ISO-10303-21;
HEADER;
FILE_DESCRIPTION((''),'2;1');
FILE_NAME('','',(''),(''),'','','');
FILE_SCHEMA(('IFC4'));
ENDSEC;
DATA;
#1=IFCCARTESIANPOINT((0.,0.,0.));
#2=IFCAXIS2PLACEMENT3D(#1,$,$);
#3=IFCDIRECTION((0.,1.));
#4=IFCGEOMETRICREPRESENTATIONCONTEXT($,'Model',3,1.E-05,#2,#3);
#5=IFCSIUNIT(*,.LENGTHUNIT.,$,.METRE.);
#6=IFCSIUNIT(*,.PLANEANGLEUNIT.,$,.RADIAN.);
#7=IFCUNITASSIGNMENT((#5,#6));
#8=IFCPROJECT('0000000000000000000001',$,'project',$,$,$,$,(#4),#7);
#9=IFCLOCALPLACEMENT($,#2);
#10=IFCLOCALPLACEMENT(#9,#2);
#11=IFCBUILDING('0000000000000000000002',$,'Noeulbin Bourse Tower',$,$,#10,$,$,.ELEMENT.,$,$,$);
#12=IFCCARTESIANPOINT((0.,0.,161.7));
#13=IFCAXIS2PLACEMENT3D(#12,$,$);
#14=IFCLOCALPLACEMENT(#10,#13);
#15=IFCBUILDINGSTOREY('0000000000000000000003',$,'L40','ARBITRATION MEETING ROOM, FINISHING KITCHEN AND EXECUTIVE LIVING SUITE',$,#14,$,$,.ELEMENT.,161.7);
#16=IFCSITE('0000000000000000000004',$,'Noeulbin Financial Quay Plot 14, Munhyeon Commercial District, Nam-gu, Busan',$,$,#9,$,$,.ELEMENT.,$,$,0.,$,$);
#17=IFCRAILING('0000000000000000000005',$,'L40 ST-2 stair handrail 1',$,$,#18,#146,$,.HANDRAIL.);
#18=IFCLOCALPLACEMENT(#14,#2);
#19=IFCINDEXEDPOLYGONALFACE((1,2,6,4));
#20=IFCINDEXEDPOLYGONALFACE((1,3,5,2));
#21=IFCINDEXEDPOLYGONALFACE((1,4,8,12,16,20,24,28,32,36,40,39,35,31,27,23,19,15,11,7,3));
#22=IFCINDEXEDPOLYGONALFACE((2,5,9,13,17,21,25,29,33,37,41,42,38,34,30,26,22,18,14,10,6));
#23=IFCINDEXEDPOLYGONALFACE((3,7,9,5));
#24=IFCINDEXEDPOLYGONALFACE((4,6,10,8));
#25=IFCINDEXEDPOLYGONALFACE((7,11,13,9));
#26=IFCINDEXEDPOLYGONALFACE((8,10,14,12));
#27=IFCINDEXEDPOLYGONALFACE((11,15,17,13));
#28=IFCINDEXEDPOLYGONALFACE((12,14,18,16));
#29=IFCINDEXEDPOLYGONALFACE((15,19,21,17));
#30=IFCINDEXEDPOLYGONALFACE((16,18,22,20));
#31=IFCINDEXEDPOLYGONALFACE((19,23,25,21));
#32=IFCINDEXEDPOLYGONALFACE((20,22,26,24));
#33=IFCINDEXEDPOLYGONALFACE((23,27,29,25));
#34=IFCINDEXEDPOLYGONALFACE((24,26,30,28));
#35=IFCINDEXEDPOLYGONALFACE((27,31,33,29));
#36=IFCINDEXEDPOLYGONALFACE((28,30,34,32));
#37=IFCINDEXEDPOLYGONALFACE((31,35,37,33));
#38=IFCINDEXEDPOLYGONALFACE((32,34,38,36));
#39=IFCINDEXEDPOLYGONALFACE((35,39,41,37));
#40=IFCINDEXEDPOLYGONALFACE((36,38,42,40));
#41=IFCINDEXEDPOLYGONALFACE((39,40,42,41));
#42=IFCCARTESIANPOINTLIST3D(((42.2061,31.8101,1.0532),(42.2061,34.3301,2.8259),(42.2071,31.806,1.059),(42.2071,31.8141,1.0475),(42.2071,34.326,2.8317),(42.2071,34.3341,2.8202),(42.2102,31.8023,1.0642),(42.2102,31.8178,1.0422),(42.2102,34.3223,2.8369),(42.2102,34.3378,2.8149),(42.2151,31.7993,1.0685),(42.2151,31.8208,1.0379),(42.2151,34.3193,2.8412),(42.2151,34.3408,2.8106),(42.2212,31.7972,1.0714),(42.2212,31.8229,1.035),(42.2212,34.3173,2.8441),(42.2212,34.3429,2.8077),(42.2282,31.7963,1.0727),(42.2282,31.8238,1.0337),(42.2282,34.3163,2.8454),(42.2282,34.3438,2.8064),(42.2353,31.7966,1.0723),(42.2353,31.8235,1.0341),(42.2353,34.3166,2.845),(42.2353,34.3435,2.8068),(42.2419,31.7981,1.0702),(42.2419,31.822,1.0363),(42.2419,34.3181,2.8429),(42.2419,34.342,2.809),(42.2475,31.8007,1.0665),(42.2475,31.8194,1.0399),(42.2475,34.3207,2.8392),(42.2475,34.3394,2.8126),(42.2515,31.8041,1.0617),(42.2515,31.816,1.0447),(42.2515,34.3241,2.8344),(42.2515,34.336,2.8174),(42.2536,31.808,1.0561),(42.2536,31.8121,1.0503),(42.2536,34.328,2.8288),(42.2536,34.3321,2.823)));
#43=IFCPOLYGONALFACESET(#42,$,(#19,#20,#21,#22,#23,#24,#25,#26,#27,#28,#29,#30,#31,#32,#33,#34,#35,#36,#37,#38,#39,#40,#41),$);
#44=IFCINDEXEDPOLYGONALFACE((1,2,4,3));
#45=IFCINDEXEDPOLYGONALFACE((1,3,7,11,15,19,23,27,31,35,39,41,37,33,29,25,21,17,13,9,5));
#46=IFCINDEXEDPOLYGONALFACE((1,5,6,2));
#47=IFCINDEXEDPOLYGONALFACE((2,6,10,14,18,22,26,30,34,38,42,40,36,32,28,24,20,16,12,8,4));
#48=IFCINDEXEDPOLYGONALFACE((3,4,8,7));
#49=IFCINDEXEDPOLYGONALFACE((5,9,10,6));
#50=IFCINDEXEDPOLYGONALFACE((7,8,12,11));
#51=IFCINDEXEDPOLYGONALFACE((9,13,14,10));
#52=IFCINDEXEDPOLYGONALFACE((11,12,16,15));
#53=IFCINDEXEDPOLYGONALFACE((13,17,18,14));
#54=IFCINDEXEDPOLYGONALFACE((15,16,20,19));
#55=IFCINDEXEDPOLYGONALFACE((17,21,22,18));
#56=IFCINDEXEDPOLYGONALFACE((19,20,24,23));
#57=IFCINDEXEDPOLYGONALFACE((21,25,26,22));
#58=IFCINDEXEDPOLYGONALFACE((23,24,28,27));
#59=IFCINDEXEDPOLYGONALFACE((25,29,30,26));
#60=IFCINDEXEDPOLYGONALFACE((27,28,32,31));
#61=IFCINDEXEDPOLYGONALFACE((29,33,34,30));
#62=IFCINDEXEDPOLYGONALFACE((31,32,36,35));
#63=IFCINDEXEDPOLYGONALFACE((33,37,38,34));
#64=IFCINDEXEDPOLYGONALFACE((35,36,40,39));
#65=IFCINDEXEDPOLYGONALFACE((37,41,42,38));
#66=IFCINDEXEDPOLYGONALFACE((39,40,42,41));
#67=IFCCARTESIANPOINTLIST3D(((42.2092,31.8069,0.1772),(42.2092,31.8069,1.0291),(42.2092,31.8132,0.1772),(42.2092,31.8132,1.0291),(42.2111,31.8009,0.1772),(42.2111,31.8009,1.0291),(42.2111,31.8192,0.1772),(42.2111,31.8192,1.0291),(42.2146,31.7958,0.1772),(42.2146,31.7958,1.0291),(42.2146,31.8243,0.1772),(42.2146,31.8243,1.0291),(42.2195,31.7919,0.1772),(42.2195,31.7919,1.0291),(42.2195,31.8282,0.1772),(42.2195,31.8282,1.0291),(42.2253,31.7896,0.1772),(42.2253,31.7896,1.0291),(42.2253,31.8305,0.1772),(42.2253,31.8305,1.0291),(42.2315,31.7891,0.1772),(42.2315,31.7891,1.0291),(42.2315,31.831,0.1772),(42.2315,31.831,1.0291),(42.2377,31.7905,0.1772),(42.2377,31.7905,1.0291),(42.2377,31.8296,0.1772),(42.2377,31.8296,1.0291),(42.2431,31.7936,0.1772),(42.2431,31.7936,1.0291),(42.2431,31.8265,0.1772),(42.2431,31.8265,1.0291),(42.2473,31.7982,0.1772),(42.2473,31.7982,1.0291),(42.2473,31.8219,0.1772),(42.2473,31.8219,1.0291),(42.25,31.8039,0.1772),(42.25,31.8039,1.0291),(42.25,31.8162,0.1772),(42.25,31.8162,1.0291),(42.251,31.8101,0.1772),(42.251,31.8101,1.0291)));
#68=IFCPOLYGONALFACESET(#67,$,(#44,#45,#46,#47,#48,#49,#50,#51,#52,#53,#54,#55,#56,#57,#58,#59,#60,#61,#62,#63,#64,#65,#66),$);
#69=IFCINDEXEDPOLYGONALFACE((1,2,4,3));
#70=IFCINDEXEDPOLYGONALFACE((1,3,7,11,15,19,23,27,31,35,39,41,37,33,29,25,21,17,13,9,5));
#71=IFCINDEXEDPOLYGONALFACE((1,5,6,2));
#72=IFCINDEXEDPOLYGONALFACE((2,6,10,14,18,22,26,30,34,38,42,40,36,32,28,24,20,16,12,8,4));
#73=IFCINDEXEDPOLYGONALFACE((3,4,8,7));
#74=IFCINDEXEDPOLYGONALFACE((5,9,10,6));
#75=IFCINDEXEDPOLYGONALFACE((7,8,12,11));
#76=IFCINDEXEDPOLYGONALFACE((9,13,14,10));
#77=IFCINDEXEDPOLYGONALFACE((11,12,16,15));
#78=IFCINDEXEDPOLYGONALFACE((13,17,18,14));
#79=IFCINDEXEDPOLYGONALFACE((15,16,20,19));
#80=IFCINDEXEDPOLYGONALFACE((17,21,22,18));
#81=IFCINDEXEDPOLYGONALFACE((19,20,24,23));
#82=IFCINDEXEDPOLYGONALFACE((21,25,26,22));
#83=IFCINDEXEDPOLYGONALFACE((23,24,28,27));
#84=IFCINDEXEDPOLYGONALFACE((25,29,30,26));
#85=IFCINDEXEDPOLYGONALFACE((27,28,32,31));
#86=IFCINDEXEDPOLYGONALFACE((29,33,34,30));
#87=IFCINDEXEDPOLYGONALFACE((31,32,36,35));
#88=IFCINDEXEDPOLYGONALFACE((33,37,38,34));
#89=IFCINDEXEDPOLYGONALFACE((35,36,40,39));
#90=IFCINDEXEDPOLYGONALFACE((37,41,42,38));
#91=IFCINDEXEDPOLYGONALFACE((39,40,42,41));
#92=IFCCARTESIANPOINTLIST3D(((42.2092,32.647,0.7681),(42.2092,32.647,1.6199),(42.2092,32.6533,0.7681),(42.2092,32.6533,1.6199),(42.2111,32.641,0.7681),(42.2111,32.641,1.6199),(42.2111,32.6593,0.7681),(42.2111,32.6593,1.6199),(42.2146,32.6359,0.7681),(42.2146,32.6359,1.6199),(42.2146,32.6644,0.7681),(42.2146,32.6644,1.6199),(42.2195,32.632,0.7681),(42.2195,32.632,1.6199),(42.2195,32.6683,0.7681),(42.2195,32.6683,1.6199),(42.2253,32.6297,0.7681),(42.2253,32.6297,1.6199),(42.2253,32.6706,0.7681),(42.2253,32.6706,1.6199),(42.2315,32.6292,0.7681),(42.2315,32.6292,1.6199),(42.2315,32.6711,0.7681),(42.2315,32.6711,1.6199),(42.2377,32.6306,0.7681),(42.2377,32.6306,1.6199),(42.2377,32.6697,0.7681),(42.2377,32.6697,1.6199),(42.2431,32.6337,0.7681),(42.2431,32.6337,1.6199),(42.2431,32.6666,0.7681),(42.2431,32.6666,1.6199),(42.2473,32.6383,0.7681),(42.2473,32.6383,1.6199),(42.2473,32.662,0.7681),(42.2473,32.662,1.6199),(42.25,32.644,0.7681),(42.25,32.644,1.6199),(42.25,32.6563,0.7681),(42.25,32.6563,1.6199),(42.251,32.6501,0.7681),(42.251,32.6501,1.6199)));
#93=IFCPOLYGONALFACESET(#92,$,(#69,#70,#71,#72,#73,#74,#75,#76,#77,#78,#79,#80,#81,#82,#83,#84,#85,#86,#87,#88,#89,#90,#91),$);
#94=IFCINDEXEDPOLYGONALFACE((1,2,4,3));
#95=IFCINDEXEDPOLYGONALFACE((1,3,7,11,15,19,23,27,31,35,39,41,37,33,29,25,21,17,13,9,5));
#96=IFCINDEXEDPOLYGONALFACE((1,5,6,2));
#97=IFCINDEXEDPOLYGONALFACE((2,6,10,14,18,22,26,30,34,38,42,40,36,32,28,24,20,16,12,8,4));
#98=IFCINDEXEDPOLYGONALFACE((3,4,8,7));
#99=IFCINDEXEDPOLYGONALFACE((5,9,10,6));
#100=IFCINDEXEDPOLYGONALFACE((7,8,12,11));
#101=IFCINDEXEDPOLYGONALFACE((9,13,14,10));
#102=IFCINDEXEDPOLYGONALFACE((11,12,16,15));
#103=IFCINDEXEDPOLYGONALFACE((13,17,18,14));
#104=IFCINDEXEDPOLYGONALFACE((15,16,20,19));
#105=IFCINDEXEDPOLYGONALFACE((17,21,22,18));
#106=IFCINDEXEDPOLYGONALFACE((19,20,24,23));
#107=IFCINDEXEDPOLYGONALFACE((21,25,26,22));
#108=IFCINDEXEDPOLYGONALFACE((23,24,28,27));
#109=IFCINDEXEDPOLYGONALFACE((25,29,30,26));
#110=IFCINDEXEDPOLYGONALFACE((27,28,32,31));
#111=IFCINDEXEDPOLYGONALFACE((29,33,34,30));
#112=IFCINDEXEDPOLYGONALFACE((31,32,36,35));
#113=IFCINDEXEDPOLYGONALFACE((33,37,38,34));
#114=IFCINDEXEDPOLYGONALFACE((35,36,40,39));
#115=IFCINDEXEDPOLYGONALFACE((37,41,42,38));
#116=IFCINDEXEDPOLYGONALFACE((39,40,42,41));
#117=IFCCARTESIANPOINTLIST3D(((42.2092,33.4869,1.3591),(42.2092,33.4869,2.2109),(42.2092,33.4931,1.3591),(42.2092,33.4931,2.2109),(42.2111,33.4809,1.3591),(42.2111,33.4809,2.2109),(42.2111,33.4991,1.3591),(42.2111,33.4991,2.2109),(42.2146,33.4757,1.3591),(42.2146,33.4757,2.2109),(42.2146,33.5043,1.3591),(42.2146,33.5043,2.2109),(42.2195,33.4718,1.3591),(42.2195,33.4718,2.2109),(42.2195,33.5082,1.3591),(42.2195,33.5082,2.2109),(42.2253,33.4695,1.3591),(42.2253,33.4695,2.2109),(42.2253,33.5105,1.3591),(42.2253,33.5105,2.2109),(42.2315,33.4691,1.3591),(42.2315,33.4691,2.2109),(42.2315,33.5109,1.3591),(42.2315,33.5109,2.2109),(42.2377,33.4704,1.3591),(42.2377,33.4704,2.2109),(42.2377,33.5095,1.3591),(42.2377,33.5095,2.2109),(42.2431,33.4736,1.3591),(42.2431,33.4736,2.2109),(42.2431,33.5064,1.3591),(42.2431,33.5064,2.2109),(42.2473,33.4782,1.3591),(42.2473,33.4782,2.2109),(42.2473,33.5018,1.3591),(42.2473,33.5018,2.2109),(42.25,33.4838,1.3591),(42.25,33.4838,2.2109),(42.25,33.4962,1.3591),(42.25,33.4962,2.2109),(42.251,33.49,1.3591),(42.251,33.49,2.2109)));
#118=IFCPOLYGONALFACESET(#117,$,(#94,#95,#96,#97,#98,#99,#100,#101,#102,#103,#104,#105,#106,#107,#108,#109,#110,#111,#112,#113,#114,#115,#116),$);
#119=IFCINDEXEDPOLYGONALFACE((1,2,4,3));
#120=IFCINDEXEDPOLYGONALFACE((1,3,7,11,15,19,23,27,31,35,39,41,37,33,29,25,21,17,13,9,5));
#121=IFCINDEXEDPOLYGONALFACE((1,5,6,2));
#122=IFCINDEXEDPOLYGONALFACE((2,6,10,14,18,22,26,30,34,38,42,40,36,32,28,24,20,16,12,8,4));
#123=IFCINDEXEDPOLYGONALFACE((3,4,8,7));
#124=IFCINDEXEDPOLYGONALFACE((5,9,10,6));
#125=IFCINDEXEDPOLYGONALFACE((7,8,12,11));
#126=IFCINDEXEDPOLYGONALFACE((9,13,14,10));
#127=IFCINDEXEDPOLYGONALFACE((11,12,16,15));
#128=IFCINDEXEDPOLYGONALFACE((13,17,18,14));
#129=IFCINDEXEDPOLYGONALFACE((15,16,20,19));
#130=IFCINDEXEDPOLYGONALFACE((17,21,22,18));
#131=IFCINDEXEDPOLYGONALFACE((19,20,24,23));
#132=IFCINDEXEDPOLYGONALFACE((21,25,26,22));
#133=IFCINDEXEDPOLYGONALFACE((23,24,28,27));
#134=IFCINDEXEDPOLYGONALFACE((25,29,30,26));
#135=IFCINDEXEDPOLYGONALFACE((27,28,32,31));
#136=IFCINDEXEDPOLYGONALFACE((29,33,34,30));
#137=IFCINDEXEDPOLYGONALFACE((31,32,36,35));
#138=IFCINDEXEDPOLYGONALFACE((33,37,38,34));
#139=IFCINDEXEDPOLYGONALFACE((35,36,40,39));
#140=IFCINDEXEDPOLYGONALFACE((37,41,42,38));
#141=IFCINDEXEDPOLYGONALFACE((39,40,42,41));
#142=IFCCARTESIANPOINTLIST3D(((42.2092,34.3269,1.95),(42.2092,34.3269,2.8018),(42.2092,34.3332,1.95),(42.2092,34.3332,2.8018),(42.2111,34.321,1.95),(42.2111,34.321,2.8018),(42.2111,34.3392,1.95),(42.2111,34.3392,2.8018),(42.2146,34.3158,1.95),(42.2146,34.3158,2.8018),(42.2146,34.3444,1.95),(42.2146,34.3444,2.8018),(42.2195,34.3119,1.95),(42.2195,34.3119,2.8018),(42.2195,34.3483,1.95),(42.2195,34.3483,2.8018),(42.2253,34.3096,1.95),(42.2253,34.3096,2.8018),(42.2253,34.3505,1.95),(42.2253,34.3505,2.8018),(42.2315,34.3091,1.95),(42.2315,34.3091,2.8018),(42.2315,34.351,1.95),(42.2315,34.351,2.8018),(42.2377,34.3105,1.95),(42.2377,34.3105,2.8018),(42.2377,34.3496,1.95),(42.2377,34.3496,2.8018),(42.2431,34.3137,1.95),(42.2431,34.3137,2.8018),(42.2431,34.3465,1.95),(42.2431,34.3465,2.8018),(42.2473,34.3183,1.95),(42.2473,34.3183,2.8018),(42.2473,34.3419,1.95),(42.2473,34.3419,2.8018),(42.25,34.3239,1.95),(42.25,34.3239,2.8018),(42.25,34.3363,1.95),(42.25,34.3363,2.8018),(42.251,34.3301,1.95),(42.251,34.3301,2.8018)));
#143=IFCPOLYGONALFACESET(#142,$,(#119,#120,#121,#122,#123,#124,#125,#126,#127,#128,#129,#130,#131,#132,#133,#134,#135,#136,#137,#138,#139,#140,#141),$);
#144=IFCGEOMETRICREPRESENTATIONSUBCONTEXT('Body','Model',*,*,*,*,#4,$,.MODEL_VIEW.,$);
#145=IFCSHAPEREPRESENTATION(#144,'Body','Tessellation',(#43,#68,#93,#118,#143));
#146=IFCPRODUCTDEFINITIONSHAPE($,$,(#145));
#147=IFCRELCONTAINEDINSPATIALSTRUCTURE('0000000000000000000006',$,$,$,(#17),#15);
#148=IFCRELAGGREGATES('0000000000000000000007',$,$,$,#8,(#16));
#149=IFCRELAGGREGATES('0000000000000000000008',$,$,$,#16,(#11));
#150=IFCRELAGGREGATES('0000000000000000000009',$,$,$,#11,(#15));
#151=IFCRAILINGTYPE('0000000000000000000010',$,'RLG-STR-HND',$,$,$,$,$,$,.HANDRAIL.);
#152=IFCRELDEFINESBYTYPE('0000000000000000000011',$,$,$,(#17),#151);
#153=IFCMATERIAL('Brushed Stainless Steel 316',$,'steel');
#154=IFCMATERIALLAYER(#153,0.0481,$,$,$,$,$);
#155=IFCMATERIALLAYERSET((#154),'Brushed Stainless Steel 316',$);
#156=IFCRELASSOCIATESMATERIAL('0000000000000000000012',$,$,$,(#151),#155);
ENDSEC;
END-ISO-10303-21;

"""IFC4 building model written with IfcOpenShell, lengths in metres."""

from ifc_helpers import new_model, si_unit, direction, frame, origin, origin_2d, place, context, subcontext, project, spatial, circle, extrude, material, layer, layer_set, type_object, element, save


model = new_model("IFC4")

# Units and contexts
model_context = context("Model", 3, precision=1e-05, world=origin(), true_north=direction((0.0, 1.0)))
body_context = subcontext(model_context, "Body", "Model", "MODEL_VIEW")
ifc_project = project(units=[si_unit("LENGTHUNIT", "METRE"), si_unit("PLANEANGLEUNIT", "RADIAN")], contexts=[model_context])

# Site, building, storey
site_placement = place(None, origin())
site = spatial("IfcSite", under=ifc_project, at=site_placement, Name="Noeulbin Financial Quay Plot 14, Munhyeon Commercial District, Nam-gu, Busan", CompositionType="ELEMENT", RefElevation=0.0)
building_placement = place(site_placement, origin())
building = spatial("IfcBuilding", under=site, at=building_placement, Name="Noeulbin Bourse Tower", CompositionType="ELEMENT")
storey_placement = place(building_placement, frame((0.0, 0.0, 161.7)))
storey = spatial("IfcBuildingStorey", under=building, at=storey_placement, Name="L40", Description="ARBITRATION MEETING ROOM, FINISHING KITCHEN AND EXECUTIVE LIVING SUITE", CompositionType="ELEMENT", Elevation=161.7)

# Railing
ifc_material_1 = material(Name="Brushed Stainless Steel 316", Category="steel")
ifc_layer_1 = layer(ifc_material_1, 0.0481)
ifc_layer_set_1 = layer_set([ifc_layer_1], Name="Brushed Stainless Steel 316")
railing_type_1 = type_object("IfcRailingType", Name="RLG-STR-HND", PredefinedType="HANDRAIL", material=ifc_layer_set_1)
railing_1_placement = place(storey_placement, frame((42.23, 31.8101, 0.1772)))
element("IfcRailing", 1, at=railing_1_placement, inside=storey, type_object=railing_type_1, Name="L40 ST-2 stair handrail 1", PredefinedType="HANDRAIL", context=body_context, shape_type="SweptSolid", body=[
    extrude(circle(Radius=0.0239, at=origin_2d()), frame((0.0, 0.0, 0.876), z_axis=(0.0, 0.817904, 0.575354), x_axis=(-1.0, 0.0, 0.0)), (0.0, 0.0, 1.0), 3.0811),
    extrude(circle(Radius=0.021, at=origin_2d()), origin(), (0.0, 0.0, 1.0), 0.8518),
    extrude(circle(Radius=0.021, at=origin_2d()), frame((0.0, 0.8401, 0.5908)), (0.0, 0.0, 1.0), 0.8518),
    extrude(circle(Radius=0.021, at=origin_2d()), frame((0.0, 1.6799, 1.1819)), (0.0, 0.0, 1.0), 0.8518),
    extrude(circle(Radius=0.021, at=origin_2d()), frame((0.0, 2.52, 1.7727)), (0.0, 0.0, 1.0), 0.8518),
])

save(model, "model.ifc")
